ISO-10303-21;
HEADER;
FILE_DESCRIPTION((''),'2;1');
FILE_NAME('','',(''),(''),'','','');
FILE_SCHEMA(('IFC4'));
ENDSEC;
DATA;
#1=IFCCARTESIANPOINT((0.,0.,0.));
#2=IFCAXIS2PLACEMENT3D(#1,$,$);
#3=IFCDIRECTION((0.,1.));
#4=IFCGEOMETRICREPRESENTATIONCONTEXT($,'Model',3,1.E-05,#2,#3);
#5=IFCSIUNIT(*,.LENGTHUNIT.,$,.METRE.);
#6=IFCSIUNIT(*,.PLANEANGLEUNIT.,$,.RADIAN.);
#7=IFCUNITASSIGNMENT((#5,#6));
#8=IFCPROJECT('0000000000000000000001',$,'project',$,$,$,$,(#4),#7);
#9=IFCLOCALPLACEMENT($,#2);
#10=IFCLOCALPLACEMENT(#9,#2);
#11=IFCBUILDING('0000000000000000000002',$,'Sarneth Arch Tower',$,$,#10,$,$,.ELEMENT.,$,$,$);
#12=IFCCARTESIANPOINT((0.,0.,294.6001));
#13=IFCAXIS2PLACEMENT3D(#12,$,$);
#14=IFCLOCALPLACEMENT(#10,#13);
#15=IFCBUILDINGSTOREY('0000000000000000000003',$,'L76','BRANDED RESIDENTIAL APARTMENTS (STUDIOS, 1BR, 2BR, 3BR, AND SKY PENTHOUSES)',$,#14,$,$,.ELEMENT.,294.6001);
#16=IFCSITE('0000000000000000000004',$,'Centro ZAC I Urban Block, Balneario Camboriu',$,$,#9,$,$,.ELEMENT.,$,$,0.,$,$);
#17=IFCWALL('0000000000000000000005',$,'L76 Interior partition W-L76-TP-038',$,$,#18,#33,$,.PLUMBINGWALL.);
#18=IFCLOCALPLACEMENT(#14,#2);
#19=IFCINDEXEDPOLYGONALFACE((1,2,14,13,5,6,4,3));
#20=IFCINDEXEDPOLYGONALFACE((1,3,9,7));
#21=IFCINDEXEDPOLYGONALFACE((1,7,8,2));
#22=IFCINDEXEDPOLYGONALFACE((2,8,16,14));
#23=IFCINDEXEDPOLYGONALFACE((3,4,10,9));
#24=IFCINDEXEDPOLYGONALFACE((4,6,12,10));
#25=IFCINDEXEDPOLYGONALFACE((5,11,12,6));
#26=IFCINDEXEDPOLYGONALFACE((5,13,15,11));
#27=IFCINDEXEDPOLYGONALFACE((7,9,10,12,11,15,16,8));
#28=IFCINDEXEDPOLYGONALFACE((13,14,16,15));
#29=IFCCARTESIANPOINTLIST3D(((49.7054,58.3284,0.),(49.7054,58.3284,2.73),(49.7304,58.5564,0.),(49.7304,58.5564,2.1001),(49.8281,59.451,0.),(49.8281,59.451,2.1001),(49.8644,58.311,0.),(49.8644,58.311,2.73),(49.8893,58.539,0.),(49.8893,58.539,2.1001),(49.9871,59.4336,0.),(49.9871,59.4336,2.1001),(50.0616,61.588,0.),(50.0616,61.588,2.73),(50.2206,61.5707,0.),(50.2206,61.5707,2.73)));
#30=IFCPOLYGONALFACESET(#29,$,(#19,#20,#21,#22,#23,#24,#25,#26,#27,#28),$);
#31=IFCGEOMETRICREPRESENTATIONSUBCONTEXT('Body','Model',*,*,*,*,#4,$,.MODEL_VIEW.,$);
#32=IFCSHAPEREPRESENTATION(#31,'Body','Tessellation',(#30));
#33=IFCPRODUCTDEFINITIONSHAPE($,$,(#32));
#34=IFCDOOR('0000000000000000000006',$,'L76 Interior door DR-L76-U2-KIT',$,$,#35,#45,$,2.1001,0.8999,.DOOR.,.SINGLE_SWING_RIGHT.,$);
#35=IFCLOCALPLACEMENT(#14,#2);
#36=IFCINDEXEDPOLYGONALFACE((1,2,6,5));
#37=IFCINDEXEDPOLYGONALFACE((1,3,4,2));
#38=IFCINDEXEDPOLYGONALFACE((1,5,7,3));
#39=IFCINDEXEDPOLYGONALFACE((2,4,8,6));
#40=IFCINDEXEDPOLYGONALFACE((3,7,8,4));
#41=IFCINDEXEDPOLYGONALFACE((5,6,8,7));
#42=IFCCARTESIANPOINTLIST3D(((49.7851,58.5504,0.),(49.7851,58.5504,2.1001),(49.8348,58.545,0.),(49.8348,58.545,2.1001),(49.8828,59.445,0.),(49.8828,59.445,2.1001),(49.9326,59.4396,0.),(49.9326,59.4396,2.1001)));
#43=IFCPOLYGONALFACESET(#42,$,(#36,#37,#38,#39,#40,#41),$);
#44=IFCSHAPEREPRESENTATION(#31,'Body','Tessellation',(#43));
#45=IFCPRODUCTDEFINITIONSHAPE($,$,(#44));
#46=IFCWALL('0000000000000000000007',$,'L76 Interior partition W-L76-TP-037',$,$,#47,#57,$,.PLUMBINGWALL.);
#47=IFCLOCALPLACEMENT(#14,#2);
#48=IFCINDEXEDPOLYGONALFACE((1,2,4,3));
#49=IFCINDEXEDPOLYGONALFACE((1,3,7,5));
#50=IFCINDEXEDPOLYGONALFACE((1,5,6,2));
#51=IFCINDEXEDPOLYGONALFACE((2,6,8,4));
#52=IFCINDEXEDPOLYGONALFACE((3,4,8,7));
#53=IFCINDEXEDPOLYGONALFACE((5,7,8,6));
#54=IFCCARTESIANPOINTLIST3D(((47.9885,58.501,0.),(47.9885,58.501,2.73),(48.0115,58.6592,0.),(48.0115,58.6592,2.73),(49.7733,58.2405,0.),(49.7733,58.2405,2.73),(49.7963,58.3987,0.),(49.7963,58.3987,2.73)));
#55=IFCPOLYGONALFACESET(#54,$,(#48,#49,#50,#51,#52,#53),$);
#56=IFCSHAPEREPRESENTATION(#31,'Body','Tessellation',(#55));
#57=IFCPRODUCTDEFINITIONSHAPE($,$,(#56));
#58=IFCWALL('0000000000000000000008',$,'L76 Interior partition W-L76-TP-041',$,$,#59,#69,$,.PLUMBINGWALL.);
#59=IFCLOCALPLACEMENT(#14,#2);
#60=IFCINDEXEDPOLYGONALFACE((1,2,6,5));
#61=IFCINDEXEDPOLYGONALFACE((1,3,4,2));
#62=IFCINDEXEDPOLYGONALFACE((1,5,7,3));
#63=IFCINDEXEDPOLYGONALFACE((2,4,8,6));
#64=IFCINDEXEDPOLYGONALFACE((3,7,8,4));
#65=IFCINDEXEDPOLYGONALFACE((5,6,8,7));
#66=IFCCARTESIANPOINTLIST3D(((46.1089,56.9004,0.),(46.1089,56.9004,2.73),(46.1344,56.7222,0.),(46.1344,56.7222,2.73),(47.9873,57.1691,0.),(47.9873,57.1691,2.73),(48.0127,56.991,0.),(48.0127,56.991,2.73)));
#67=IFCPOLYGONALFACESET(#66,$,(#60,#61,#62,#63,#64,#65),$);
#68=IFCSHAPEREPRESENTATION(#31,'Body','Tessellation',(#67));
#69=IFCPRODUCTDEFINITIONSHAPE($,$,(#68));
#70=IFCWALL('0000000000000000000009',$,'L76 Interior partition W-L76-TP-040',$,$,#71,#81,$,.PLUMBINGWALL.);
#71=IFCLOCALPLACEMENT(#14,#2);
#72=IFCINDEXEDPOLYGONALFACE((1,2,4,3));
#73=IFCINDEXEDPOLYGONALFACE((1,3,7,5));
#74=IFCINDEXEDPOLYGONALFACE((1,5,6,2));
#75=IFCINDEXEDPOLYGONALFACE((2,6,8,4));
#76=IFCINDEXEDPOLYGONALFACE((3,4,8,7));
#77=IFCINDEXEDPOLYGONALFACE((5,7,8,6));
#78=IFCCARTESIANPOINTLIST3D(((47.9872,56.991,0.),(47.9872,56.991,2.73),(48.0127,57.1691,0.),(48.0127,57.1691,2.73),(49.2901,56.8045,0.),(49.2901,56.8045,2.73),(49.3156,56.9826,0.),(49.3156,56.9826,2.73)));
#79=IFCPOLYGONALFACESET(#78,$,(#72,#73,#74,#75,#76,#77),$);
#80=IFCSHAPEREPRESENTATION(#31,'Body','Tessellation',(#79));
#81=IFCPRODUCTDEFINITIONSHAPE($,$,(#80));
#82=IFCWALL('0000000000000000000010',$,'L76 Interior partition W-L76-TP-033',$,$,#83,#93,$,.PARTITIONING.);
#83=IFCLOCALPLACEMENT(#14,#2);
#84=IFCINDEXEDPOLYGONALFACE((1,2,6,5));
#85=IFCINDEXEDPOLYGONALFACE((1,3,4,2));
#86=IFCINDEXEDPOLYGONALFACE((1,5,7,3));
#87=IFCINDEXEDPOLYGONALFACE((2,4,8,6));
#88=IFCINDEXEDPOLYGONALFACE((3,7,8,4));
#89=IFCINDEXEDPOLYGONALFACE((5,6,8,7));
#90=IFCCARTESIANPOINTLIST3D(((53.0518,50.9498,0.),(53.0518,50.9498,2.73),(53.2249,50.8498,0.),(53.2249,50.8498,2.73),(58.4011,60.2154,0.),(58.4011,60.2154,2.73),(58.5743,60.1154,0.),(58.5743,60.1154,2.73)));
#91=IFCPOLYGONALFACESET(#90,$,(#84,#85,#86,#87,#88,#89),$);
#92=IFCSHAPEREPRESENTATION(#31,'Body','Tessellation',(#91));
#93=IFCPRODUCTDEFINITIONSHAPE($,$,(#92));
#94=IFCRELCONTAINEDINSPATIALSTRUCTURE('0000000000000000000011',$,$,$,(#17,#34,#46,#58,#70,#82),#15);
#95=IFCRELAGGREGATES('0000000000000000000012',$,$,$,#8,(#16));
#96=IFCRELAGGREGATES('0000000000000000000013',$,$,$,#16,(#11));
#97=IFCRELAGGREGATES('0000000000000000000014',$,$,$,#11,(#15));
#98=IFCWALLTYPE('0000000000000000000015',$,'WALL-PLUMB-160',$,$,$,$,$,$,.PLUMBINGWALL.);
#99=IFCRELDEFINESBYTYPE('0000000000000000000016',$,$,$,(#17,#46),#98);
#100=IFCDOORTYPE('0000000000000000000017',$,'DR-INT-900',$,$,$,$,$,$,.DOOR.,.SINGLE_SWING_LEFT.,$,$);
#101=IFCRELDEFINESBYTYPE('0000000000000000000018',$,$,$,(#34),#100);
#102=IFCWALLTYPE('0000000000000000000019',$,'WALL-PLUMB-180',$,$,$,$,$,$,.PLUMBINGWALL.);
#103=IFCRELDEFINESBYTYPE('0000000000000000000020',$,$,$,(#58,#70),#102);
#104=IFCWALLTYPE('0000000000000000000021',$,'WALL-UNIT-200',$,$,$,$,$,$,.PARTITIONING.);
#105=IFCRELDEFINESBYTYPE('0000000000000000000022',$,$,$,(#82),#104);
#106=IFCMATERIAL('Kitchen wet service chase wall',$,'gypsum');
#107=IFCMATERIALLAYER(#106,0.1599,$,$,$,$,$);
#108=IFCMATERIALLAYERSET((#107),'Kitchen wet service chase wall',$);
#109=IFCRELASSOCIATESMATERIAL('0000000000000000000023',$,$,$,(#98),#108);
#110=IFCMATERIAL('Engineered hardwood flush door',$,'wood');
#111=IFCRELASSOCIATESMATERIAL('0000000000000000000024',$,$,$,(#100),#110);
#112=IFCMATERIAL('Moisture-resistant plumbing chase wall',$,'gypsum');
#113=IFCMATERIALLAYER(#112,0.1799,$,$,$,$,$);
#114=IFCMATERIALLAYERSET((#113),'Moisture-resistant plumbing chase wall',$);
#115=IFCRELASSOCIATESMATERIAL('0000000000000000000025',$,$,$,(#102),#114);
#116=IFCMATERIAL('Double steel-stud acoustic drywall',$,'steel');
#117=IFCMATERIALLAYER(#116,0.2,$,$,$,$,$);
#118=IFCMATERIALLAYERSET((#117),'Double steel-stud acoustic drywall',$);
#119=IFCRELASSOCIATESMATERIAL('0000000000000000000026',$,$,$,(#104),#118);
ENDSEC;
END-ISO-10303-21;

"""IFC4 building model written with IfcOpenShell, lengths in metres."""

from ifc_helpers import new_model, si_unit, direction, frame, frame_2d, origin, place, context, subcontext, project, spatial, rectangle, extrude, material, layer, layer_set, type_object, element, fill, save


model = new_model("IFC4")

# Units and contexts
model_context = context("Model", 3, precision=1e-05, world=origin(), true_north=direction((0.0, 1.0)))
body_context = subcontext(model_context, "Body", "Model", "MODEL_VIEW")
ifc_project = project(units=[si_unit("LENGTHUNIT", "METRE"), si_unit("PLANEANGLEUNIT", "RADIAN")], contexts=[model_context])

# Site, building, storey
site_placement = place(None, origin())
site = spatial("IfcSite", under=ifc_project, at=site_placement, Name="Centro ZAC I Urban Block, Balneario Camboriu", CompositionType="ELEMENT", RefElevation=0.0)
building_placement = place(site_placement, origin())
building = spatial("IfcBuilding", under=site, at=building_placement, Name="Sarneth Arch Tower", CompositionType="ELEMENT")
storey_placement = place(building_placement, frame((0.0, 0.0, 294.6001)))
storey = spatial("IfcBuildingStorey", under=building, at=storey_placement, Name="L76", Description="BRANDED RESIDENTIAL APARTMENTS (STUDIOS, 1BR, 2BR, 3BR, AND SKY PENTHOUSES)", CompositionType="ELEMENT", Elevation=294.6001)

# Wall, opening, door
ifc_material_1 = material(Name="Kitchen wet service chase wall", Category="gypsum")
ifc_layer_1 = layer(ifc_material_1, 0.1599)
ifc_layer_set_1 = layer_set([ifc_layer_1], Name="Kitchen wet service chase wall")
wall_type_1 = type_object("IfcWallType", Name="WALL-PLUMB-160", PredefinedType="PLUMBINGWALL", material=ifc_layer_set_1)
wall_1_placement = place(storey_placement, frame((49.7849, 58.3196, 0.0), z_axis=(0.0, 0.0, 1.0), x_axis=(0.108625, 0.994083, 0.0)))
wall_1 = element("IfcWall", 1, at=wall_1_placement, inside=storey, type_object=wall_type_1, Name="L76 Interior partition W-L76-TP-038", PredefinedType="PLUMBINGWALL", context=body_context, shape_type="SweptSolid", body=[
    extrude(rectangle(XDim=3.2791, YDim=0.1599, at=frame_2d((1.6396, 0.0))), origin(), (0.0, 0.0, 1.0), 2.73),
])
opening_1_placement = place(wall_1_placement, frame((0.2295, 0.0, 0.0)))
opening_1 = element("IfcOpeningElement", 2, at=opening_1_placement, cuts=wall_1, PredefinedType="OPENING", context=body_context, shape_type="SweptSolid", body=[
    extrude(rectangle(XDim=0.8999, YDim=2.1001, at=frame_2d((0.45, 1.05))), frame((0.0, 0.0898, 0.0), z_axis=(0.0, -1.0, 0.0), x_axis=(1.0, 0.0, 0.0)), (0.0, 0.0, 1.0), 0.1799),
])
ifc_material_2 = material(Name="Engineered hardwood flush door", Category="wood")
door_type_1 = type_object("IfcDoorType", Name="DR-INT-900", OperationType="SINGLE_SWING_LEFT", PredefinedType="DOOR", material=ifc_material_2)
door_1_placement = place(opening_1_placement, origin())
door_1 = element("IfcDoor", 3, at=door_1_placement, inside=storey, type_object=door_type_1, Name="L76 Interior door DR-L76-U2-KIT", OperationType="SINGLE_SWING_RIGHT", OverallHeight=2.1001, OverallWidth=0.8999, PredefinedType="DOOR", context=body_context, shape_type="SweptSolid", body=[
    extrude(rectangle(XDim=0.8999, YDim=2.1001, at=frame_2d((0.45, 1.05))), frame((0.0, 0.0249, 0.0), z_axis=(0.0, -1.0, 0.0), x_axis=(1.0, 0.0, 0.0)), (0.0, 0.0, 1.0), 0.05),
])
fill(opening_1, door_1)

# Walls
wall_2_placement = place(storey_placement, frame((48.0, 58.5801, 0.0), z_axis=(0.0, 0.0, 1.0), x_axis=(0.989517, -0.144415, 0.0)))
element("IfcWall", 4, at=wall_2_placement, inside=storey, type_object=wall_type_1, Name="L76 Interior partition W-L76-TP-037", PredefinedType="PLUMBINGWALL", context=body_context, shape_type="SweptSolid", body=[
    extrude(rectangle(XDim=1.8037, YDim=0.1599, at=frame_2d((0.9019, 0.0))), origin(), (0.0, 0.0, 1.0), 2.73),
])
ifc_material_3 = material(Name="Moisture-resistant plumbing chase wall", Category="gypsum")
ifc_layer_2 = layer(ifc_material_3, 0.1799)
ifc_layer_set_2 = layer_set([ifc_layer_2], Name="Moisture-resistant plumbing chase wall")
wall_type_2 = type_object("IfcWallType", Name="WALL-PLUMB-180", PredefinedType="PLUMBINGWALL", material=ifc_layer_set_2)
wall_3_placement = place(storey_placement, frame((48.0, 57.0801, 0.0), z_axis=(0.0, 0.0, 1.0), x_axis=(-0.989916, -0.141656, 0.0)))
element("IfcWall", 5, at=wall_3_placement, inside=storey, type_object=wall_type_2, Name="L76 Interior partition W-L76-TP-041", PredefinedType="PLUMBINGWALL", context=body_context, shape_type="SweptSolid", body=[
    extrude(rectangle(XDim=1.8975, YDim=0.1799, at=frame_2d((0.9487, 0.0))), origin(), (0.0, 0.0, 1.0), 2.73),
])
wall_4_placement = place(storey_placement, frame((49.303, 56.8936, 0.0), z_axis=(0.0, 0.0, 1.0), x_axis=(-0.989909, 0.141707, 0.0)))
element("IfcWall", 6, at=wall_4_placement, inside=storey, type_object=wall_type_2, Name="L76 Interior partition W-L76-TP-040", PredefinedType="PLUMBINGWALL", context=body_context, shape_type="SweptSolid", body=[
    extrude(rectangle(XDim=1.3162, YDim=0.1799, at=frame_2d((0.6582, 0.0))), origin(), (0.0, 0.0, 1.0), 2.73),
])
ifc_material_4 = material(Name="Double steel-stud acoustic drywall", Category="steel")
ifc_layer_3 = layer(ifc_material_4, 0.2)
ifc_layer_set_3 = layer_set([ifc_layer_3], Name="Double steel-stud acoustic drywall")
wall_type_3 = type_object("IfcWallType", Name="WALL-UNIT-200", PredefinedType="PARTITIONING", material=ifc_layer_set_3)
wall_5_placement = place(storey_placement, frame((58.4878, 60.1655, 0.0), z_axis=(0.0, 0.0, 1.0), x_axis=(-0.49999, -0.866031, 0.0)))
element("IfcWall", 7, at=wall_5_placement, inside=storey, type_object=wall_type_3, Name="L76 Interior partition W-L76-TP-033", PredefinedType="PARTITIONING", context=body_context, shape_type="SweptSolid", body=[
    extrude(rectangle(XDim=10.699, YDim=0.2, at=frame_2d((5.3496, 0.0))), origin(), (0.0, 0.0, 1.0), 2.73),
])

save(model, "model.ifc")
